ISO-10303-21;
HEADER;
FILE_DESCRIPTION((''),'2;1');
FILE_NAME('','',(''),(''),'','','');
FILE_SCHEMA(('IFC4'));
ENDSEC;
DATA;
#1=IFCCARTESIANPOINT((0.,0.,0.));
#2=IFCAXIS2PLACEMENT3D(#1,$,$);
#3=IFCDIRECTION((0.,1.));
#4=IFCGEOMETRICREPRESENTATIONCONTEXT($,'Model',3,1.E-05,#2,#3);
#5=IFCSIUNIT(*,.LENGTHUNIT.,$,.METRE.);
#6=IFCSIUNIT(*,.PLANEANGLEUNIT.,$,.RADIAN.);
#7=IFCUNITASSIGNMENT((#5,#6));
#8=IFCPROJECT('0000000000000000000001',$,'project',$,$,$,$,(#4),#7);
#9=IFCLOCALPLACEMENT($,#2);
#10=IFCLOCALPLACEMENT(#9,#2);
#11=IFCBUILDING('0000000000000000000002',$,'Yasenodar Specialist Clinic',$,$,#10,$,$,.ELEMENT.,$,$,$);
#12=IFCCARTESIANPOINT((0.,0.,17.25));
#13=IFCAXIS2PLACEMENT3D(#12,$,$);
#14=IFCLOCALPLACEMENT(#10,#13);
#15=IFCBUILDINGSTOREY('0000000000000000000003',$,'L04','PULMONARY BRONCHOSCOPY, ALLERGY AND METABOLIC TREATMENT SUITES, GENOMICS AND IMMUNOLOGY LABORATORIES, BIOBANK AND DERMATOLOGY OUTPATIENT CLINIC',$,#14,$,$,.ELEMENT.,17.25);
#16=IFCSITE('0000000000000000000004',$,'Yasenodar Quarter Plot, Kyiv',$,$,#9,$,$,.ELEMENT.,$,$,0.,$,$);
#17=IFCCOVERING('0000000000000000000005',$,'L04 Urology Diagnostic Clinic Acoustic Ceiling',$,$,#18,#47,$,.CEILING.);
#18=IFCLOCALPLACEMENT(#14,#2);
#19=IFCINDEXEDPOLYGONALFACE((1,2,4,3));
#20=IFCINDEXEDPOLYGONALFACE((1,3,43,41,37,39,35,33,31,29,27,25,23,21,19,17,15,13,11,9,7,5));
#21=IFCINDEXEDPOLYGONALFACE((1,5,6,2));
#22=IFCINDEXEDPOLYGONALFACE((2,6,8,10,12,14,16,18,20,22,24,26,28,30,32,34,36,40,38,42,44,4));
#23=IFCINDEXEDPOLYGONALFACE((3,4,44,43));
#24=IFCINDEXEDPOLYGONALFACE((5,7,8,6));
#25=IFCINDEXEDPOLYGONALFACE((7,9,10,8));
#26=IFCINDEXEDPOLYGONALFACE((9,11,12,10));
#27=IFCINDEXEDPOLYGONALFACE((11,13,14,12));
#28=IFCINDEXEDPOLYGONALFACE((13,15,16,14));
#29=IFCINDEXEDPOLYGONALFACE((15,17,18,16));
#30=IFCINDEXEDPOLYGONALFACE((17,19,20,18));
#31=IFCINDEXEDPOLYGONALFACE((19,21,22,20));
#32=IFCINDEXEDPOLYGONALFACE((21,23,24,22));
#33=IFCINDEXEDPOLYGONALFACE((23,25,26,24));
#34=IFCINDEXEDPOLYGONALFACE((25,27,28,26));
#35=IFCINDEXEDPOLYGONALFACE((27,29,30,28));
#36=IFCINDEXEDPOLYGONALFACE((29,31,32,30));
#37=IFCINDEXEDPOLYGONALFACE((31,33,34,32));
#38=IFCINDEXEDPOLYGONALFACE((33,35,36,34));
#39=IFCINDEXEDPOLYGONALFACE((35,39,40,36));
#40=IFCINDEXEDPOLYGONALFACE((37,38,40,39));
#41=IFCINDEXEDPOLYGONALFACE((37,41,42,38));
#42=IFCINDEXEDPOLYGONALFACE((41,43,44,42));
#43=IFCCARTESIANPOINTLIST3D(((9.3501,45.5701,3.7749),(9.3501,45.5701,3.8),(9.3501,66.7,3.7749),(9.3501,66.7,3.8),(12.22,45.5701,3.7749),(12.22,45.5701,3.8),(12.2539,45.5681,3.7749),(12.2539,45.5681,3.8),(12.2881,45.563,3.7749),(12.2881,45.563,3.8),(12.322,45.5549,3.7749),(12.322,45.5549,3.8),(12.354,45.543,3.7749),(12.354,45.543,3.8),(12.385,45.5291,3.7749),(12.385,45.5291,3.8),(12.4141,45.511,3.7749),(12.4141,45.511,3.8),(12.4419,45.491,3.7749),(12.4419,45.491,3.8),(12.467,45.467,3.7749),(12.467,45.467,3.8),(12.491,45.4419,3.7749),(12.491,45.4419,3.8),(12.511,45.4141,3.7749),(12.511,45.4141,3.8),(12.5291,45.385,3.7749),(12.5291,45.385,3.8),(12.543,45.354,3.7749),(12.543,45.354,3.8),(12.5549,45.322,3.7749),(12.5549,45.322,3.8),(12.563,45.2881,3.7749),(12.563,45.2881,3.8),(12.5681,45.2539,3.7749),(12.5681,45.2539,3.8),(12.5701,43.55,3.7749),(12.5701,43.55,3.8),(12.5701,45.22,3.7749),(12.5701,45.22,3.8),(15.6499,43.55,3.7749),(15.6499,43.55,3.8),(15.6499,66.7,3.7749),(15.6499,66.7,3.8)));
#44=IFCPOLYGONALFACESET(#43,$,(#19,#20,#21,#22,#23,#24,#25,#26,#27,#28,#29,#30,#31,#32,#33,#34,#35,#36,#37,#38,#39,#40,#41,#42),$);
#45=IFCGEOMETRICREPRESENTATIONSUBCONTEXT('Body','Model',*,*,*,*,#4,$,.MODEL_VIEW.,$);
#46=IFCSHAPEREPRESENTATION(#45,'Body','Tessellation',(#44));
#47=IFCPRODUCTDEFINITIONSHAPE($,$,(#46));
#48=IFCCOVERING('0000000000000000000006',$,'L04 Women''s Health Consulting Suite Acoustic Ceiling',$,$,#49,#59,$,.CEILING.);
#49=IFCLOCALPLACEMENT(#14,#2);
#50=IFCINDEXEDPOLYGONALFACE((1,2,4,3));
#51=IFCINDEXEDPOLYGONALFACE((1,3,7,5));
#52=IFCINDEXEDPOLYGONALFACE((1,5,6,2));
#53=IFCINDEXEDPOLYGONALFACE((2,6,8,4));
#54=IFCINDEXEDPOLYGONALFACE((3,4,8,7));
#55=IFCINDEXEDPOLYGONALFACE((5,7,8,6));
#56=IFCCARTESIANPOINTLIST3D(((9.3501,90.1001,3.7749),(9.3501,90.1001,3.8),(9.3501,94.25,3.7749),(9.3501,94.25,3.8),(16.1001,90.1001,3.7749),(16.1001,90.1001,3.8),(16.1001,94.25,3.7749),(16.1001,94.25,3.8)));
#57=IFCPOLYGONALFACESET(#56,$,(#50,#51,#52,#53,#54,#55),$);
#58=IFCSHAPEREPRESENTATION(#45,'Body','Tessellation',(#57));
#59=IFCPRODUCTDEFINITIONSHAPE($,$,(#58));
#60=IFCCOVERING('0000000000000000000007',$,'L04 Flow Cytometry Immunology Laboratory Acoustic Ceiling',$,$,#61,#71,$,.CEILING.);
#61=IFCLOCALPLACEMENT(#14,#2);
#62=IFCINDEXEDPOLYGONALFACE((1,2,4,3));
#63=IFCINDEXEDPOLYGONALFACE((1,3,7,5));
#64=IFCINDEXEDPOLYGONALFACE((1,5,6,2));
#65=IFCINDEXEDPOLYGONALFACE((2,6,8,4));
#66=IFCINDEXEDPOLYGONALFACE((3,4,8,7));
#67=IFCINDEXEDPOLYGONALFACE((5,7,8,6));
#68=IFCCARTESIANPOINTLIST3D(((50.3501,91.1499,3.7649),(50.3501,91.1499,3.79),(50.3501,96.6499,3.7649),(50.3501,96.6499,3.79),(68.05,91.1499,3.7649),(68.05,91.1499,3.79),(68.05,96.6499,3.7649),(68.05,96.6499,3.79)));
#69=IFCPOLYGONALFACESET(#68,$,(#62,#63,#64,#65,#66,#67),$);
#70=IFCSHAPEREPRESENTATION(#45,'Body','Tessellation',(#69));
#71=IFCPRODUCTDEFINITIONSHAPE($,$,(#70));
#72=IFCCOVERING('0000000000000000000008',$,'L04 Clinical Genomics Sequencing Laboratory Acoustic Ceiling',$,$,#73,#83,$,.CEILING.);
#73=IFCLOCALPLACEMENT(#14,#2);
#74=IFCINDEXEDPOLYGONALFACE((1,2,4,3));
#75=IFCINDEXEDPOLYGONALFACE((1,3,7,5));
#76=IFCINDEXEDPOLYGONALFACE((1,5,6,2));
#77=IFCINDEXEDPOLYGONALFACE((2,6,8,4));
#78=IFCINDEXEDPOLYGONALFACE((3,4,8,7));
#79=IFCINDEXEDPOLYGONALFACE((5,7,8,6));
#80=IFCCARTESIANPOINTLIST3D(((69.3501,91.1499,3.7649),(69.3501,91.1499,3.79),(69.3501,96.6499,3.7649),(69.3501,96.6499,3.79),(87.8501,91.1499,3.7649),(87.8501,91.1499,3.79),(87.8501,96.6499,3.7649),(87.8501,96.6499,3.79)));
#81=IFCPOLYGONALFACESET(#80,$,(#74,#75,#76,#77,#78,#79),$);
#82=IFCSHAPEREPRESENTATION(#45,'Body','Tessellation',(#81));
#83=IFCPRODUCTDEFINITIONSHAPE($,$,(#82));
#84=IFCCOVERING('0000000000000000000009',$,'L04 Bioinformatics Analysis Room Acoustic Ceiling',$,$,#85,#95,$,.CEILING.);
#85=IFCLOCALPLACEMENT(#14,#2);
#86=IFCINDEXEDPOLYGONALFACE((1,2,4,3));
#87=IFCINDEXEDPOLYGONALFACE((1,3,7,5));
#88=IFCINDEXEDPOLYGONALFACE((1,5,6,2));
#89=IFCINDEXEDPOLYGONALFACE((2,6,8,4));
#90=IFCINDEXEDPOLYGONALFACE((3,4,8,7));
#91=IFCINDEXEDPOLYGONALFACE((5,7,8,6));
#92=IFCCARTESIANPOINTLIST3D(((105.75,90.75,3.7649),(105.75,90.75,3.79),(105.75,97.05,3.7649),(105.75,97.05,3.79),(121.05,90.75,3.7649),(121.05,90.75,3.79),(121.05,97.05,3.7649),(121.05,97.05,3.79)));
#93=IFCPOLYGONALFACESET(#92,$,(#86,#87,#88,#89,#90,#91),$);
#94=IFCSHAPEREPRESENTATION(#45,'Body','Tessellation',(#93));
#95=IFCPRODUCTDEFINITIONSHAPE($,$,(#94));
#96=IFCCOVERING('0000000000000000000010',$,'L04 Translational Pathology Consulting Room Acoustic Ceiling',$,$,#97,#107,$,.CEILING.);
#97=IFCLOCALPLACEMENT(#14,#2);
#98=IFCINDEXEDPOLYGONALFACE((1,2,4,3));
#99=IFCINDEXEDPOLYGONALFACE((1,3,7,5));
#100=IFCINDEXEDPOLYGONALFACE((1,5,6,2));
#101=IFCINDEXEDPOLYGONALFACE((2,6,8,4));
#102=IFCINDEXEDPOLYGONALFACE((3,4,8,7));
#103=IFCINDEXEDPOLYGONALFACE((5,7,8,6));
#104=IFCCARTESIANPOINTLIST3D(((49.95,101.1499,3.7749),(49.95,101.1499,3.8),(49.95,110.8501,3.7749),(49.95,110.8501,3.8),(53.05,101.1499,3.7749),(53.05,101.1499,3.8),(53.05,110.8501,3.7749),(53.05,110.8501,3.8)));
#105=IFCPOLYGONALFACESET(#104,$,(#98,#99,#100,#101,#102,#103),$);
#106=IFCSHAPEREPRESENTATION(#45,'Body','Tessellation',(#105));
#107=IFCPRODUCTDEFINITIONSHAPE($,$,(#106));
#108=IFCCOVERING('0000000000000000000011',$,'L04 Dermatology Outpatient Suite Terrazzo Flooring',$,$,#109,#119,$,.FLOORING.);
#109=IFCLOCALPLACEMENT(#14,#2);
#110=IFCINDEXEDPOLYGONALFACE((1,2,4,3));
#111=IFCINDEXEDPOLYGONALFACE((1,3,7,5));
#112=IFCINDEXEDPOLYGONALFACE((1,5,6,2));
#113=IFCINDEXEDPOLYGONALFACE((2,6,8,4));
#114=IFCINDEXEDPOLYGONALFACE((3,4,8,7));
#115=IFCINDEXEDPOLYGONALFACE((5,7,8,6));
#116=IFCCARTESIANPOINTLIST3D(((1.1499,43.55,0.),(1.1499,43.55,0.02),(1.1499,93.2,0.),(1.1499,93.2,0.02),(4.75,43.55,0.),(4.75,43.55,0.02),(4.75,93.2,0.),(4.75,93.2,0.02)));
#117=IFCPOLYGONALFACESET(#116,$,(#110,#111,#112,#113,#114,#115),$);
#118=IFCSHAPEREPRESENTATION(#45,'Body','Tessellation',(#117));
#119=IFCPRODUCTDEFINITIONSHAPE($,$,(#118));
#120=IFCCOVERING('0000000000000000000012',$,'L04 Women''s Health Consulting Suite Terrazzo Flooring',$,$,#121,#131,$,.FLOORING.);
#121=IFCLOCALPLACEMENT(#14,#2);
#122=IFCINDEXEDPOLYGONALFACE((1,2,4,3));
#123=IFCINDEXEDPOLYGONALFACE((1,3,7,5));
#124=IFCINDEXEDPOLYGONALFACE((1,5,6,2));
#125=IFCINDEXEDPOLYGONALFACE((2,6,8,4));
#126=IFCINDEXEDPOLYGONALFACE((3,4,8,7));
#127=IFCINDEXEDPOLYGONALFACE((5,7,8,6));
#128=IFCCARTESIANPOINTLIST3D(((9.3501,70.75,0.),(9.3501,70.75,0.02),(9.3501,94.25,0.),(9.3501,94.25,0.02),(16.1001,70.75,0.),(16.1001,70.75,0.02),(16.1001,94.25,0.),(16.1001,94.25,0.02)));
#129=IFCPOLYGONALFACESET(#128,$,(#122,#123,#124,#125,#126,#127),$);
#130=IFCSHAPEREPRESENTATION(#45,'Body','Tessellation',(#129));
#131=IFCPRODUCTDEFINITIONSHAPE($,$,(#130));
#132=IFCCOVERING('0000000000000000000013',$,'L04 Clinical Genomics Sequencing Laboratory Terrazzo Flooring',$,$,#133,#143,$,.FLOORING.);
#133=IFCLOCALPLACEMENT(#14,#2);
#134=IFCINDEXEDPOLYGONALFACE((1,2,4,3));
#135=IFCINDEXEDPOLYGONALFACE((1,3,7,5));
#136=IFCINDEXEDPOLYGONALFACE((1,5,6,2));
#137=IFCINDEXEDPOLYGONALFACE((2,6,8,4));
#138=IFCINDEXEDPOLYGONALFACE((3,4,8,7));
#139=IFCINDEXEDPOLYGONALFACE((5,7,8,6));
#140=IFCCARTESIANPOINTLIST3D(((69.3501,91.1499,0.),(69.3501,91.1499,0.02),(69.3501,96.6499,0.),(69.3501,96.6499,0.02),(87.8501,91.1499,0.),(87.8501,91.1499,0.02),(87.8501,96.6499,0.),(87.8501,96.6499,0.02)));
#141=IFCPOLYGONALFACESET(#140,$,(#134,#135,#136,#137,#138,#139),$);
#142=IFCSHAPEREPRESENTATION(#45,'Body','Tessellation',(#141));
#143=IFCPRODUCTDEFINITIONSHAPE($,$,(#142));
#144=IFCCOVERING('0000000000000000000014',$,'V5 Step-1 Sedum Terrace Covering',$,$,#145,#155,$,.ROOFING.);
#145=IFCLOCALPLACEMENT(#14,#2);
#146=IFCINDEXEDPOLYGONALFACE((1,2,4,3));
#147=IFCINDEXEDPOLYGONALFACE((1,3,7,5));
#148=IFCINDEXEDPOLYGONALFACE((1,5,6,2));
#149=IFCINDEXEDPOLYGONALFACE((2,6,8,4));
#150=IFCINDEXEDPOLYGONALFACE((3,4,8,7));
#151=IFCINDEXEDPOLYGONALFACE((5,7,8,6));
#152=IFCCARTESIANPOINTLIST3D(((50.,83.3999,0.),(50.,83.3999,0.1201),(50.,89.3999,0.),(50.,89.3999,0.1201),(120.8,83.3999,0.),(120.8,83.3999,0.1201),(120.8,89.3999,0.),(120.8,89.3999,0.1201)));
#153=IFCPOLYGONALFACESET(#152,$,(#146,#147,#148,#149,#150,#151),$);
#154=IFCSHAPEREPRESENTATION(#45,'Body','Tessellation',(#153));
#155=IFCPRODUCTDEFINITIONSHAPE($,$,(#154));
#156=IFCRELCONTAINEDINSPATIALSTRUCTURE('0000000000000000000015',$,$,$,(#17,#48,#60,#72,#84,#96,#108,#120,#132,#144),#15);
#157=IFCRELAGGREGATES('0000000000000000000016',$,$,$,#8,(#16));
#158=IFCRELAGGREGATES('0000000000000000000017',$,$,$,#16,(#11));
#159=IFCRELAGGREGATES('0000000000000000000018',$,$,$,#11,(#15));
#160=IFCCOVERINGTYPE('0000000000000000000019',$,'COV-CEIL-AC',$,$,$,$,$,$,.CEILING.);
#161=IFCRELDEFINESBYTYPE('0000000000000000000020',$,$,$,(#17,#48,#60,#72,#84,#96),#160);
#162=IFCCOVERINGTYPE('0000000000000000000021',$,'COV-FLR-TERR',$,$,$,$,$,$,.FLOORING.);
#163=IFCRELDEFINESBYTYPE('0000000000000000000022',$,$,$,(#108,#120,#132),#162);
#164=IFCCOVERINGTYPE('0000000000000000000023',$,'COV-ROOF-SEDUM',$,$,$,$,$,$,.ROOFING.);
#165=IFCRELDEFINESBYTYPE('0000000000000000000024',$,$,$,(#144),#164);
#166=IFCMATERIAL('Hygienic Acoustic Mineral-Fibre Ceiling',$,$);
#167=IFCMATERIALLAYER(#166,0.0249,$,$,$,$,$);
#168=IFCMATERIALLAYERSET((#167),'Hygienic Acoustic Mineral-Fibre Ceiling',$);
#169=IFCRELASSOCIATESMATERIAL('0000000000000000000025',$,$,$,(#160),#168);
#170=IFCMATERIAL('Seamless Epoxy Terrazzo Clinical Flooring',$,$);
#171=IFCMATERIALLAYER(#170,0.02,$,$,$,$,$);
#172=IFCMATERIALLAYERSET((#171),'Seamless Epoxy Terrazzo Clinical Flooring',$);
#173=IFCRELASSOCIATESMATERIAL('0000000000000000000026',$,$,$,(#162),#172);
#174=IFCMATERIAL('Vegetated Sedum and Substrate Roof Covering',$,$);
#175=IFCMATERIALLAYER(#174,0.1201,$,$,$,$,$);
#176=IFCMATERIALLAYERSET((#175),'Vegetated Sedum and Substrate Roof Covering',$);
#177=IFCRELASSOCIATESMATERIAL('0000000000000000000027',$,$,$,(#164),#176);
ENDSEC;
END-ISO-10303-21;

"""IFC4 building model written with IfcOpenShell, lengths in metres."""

from ifc_helpers import new_model, si_unit, direction, frame, origin, place, context, subcontext, project, spatial, polyline, outline, extrude, material, layer, layer_set, type_object, element, save


model = new_model("IFC4")

# Units and contexts
model_context = context("Model", 3, precision=1e-05, world=origin(), true_north=direction((0.0, 1.0)))
body_context = subcontext(model_context, "Body", "Model", "MODEL_VIEW")
ifc_project = project(units=[si_unit("LENGTHUNIT", "METRE"), si_unit("PLANEANGLEUNIT", "RADIAN")], contexts=[model_context])

# Site, building, storey
site_placement = place(None, origin())
site = spatial("IfcSite", under=ifc_project, at=site_placement, Name="Yasenodar Quarter Plot, Kyiv", CompositionType="ELEMENT", RefElevation=0.0)
building_placement = place(site_placement, origin())
building = spatial("IfcBuilding", under=site, at=building_placement, Name="Yasenodar Specialist Clinic", CompositionType="ELEMENT")
storey_placement = place(building_placement, frame((0.0, 0.0, 17.25)))
storey = spatial("IfcBuildingStorey", under=building, at=storey_placement, Name="L04", Description="PULMONARY BRONCHOSCOPY, ALLERGY AND METABOLIC TREATMENT SUITES, GENOMICS AND IMMUNOLOGY LABORATORIES, BIOBANK AND DERMATOLOGY OUTPATIENT CLINIC", CompositionType="ELEMENT", Elevation=17.25)

# Coverings
ifc_material_1 = material(Name="Hygienic Acoustic Mineral-Fibre Ceiling")
ifc_layer_1 = layer(ifc_material_1, 0.0249)
ifc_layer_set_1 = layer_set([ifc_layer_1], Name="Hygienic Acoustic Mineral-Fibre Ceiling")
covering_type_1 = type_object("IfcCoveringType", Name="COV-CEIL-AC", PredefinedType="CEILING", material=ifc_layer_set_1)
covering_1_placement = place(storey_placement, frame((0.0, 0.0, 3.7749)))
element("IfcCovering", 1, at=covering_1_placement, inside=storey, type_object=covering_type_1, Name="L04 Urology Diagnostic Clinic Acoustic Ceiling", PredefinedType="CEILING", context=body_context, shape_type="SweptSolid", body=[
    extrude(outline(polyline([(15.6499, 43.55), (12.5701, 43.55), (12.5701, 45.22), (12.5681, 45.2539), (12.563, 45.2881), (12.5549, 45.322), (12.543, 45.354), (12.5291, 45.385), (12.511, 45.4141), (12.491, 45.4419), (12.467, 45.467), (12.4419, 45.491), (12.4141, 45.511), (12.385, 45.5291), (12.354, 45.543), (12.322, 45.5549), (12.2881, 45.563), (12.2539, 45.5681), (12.22, 45.5701), (9.3501, 45.5701), (9.3501, 66.7), (15.6499, 66.7), (15.6499, 43.55)])), origin(), (0.0, 0.0, 1.0), 0.0251),
])
covering_2_placement = place(storey_placement, frame((0.0, 0.0, 3.7749)))
element("IfcCovering", 2, at=covering_2_placement, inside=storey, type_object=covering_type_1, Name="L04 Women's Health Consulting Suite Acoustic Ceiling", PredefinedType="CEILING", context=body_context, shape_type="SweptSolid", body=[
    extrude(outline(polyline([(16.1001, 94.25), (16.1001, 90.1001), (9.3501, 90.1001), (9.3501, 94.25), (16.1001, 94.25)])), origin(), (0.0, 0.0, 1.0), 0.0251),
])
covering_3_placement = place(storey_placement, frame((0.0, 0.0, 3.7649)))
element("IfcCovering", 3, at=covering_3_placement, inside=storey, type_object=covering_type_1, Name="L04 Flow Cytometry Immunology Laboratory Acoustic Ceiling", PredefinedType="CEILING", context=body_context, shape_type="SweptSolid", body=[
    extrude(outline(polyline([(68.05, 91.1499), (50.3501, 91.1499), (50.3501, 96.6499), (68.05, 96.6499), (68.05, 91.1499)])), origin(), (0.0, 0.0, 1.0), 0.0251),
])
covering_4_placement = place(storey_placement, frame((0.0, 0.0, 3.7649)))
element("IfcCovering", 4, at=covering_4_placement, inside=storey, type_object=covering_type_1, Name="L04 Clinical Genomics Sequencing Laboratory Acoustic Ceiling", PredefinedType="CEILING", context=body_context, shape_type="SweptSolid", body=[
    extrude(outline(polyline([(87.8501, 91.1499), (69.3501, 91.1499), (69.3501, 96.6499), (87.8501, 96.6499), (87.8501, 91.1499)])), origin(), (0.0, 0.0, 1.0), 0.0251),
])
covering_5_placement = place(storey_placement, frame((0.0, 0.0, 3.7649)))
element("IfcCovering", 5, at=covering_5_placement, inside=storey, type_object=covering_type_1, Name="L04 Bioinformatics Analysis Room Acoustic Ceiling", PredefinedType="CEILING", context=body_context, shape_type="SweptSolid", body=[
    extrude(outline(polyline([(121.05, 90.75), (105.75, 90.75), (105.75, 97.05), (121.05, 97.05), (121.05, 90.75)])), origin(), (0.0, 0.0, 1.0), 0.0251),
])
covering_6_placement = place(storey_placement, frame((0.0, 0.0, 3.7749)))
element("IfcCovering", 6, at=covering_6_placement, inside=storey, type_object=covering_type_1, Name="L04 Translational Pathology Consulting Room Acoustic Ceiling", PredefinedType="CEILING", context=body_context, shape_type="SweptSolid", body=[
    extrude(outline(polyline([(53.05, 101.1499), (49.95, 101.1499), (49.95, 110.8501), (53.05, 110.8501), (53.05, 101.1499)])), origin(), (0.0, 0.0, 1.0), 0.0251),
])
ifc_material_2 = material(Name="Seamless Epoxy Terrazzo Clinical Flooring")
ifc_layer_2 = layer(ifc_material_2, 0.02)
ifc_layer_set_2 = layer_set([ifc_layer_2], Name="Seamless Epoxy Terrazzo Clinical Flooring")
covering_type_2 = type_object("IfcCoveringType", Name="COV-FLR-TERR", PredefinedType="FLOORING", material=ifc_layer_set_2)
covering_7_placement = place(storey_placement, origin())
element("IfcCovering", 7, at=covering_7_placement, inside=storey, type_object=covering_type_2, Name="L04 Dermatology Outpatient Suite Terrazzo Flooring", PredefinedType="FLOORING", context=body_context, shape_type="SweptSolid", body=[
    extrude(outline(polyline([(4.75, 93.2), (4.75, 43.55), (1.1499, 43.55), (1.1499, 93.2), (4.75, 93.2)])), origin(), (0.0, 0.0, 1.0), 0.02),
])
covering_8_placement = place(storey_placement, origin())
element("IfcCovering", 8, at=covering_8_placement, inside=storey, type_object=covering_type_2, Name="L04 Women's Health Consulting Suite Terrazzo Flooring", PredefinedType="FLOORING", context=body_context, shape_type="SweptSolid", body=[
    extrude(outline(polyline([(16.1001, 94.25), (16.1001, 70.75), (9.3501, 70.75), (9.3501, 94.25), (16.1001, 94.25)])), origin(), (0.0, 0.0, 1.0), 0.02),
])
covering_9_placement = place(storey_placement, origin())
element("IfcCovering", 9, at=covering_9_placement, inside=storey, type_object=covering_type_2, Name="L04 Clinical Genomics Sequencing Laboratory Terrazzo Flooring", PredefinedType="FLOORING", context=body_context, shape_type="SweptSolid", body=[
    extrude(outline(polyline([(87.8501, 91.1499), (69.3501, 91.1499), (69.3501, 96.6499), (87.8501, 96.6499), (87.8501, 91.1499)])), origin(), (0.0, 0.0, 1.0), 0.02),
])
ifc_material_3 = material(Name="Vegetated Sedum and Substrate Roof Covering")
ifc_layer_3 = layer(ifc_material_3, 0.1201)
ifc_layer_set_3 = layer_set([ifc_layer_3], Name="Vegetated Sedum and Substrate Roof Covering")
covering_type_3 = type_object("IfcCoveringType", Name="COV-ROOF-SEDUM", PredefinedType="ROOFING", material=ifc_layer_set_3)
covering_10_placement = place(storey_placement, origin())
element("IfcCovering", 10, at=covering_10_placement, inside=storey, type_object=covering_type_3, Name="V5 Step-1 Sedum Terrace Covering", PredefinedType="ROOFING", context=body_context, shape_type="SweptSolid", body=[
    extrude(outline(polyline([(50.0, 83.3999), (120.8, 83.3999), (120.8, 89.3999), (50.0, 89.3999), (50.0, 83.3999)])), origin(), (0.0, 0.0, 1.0), 0.1201),
])

save(model, "model.ifc")
